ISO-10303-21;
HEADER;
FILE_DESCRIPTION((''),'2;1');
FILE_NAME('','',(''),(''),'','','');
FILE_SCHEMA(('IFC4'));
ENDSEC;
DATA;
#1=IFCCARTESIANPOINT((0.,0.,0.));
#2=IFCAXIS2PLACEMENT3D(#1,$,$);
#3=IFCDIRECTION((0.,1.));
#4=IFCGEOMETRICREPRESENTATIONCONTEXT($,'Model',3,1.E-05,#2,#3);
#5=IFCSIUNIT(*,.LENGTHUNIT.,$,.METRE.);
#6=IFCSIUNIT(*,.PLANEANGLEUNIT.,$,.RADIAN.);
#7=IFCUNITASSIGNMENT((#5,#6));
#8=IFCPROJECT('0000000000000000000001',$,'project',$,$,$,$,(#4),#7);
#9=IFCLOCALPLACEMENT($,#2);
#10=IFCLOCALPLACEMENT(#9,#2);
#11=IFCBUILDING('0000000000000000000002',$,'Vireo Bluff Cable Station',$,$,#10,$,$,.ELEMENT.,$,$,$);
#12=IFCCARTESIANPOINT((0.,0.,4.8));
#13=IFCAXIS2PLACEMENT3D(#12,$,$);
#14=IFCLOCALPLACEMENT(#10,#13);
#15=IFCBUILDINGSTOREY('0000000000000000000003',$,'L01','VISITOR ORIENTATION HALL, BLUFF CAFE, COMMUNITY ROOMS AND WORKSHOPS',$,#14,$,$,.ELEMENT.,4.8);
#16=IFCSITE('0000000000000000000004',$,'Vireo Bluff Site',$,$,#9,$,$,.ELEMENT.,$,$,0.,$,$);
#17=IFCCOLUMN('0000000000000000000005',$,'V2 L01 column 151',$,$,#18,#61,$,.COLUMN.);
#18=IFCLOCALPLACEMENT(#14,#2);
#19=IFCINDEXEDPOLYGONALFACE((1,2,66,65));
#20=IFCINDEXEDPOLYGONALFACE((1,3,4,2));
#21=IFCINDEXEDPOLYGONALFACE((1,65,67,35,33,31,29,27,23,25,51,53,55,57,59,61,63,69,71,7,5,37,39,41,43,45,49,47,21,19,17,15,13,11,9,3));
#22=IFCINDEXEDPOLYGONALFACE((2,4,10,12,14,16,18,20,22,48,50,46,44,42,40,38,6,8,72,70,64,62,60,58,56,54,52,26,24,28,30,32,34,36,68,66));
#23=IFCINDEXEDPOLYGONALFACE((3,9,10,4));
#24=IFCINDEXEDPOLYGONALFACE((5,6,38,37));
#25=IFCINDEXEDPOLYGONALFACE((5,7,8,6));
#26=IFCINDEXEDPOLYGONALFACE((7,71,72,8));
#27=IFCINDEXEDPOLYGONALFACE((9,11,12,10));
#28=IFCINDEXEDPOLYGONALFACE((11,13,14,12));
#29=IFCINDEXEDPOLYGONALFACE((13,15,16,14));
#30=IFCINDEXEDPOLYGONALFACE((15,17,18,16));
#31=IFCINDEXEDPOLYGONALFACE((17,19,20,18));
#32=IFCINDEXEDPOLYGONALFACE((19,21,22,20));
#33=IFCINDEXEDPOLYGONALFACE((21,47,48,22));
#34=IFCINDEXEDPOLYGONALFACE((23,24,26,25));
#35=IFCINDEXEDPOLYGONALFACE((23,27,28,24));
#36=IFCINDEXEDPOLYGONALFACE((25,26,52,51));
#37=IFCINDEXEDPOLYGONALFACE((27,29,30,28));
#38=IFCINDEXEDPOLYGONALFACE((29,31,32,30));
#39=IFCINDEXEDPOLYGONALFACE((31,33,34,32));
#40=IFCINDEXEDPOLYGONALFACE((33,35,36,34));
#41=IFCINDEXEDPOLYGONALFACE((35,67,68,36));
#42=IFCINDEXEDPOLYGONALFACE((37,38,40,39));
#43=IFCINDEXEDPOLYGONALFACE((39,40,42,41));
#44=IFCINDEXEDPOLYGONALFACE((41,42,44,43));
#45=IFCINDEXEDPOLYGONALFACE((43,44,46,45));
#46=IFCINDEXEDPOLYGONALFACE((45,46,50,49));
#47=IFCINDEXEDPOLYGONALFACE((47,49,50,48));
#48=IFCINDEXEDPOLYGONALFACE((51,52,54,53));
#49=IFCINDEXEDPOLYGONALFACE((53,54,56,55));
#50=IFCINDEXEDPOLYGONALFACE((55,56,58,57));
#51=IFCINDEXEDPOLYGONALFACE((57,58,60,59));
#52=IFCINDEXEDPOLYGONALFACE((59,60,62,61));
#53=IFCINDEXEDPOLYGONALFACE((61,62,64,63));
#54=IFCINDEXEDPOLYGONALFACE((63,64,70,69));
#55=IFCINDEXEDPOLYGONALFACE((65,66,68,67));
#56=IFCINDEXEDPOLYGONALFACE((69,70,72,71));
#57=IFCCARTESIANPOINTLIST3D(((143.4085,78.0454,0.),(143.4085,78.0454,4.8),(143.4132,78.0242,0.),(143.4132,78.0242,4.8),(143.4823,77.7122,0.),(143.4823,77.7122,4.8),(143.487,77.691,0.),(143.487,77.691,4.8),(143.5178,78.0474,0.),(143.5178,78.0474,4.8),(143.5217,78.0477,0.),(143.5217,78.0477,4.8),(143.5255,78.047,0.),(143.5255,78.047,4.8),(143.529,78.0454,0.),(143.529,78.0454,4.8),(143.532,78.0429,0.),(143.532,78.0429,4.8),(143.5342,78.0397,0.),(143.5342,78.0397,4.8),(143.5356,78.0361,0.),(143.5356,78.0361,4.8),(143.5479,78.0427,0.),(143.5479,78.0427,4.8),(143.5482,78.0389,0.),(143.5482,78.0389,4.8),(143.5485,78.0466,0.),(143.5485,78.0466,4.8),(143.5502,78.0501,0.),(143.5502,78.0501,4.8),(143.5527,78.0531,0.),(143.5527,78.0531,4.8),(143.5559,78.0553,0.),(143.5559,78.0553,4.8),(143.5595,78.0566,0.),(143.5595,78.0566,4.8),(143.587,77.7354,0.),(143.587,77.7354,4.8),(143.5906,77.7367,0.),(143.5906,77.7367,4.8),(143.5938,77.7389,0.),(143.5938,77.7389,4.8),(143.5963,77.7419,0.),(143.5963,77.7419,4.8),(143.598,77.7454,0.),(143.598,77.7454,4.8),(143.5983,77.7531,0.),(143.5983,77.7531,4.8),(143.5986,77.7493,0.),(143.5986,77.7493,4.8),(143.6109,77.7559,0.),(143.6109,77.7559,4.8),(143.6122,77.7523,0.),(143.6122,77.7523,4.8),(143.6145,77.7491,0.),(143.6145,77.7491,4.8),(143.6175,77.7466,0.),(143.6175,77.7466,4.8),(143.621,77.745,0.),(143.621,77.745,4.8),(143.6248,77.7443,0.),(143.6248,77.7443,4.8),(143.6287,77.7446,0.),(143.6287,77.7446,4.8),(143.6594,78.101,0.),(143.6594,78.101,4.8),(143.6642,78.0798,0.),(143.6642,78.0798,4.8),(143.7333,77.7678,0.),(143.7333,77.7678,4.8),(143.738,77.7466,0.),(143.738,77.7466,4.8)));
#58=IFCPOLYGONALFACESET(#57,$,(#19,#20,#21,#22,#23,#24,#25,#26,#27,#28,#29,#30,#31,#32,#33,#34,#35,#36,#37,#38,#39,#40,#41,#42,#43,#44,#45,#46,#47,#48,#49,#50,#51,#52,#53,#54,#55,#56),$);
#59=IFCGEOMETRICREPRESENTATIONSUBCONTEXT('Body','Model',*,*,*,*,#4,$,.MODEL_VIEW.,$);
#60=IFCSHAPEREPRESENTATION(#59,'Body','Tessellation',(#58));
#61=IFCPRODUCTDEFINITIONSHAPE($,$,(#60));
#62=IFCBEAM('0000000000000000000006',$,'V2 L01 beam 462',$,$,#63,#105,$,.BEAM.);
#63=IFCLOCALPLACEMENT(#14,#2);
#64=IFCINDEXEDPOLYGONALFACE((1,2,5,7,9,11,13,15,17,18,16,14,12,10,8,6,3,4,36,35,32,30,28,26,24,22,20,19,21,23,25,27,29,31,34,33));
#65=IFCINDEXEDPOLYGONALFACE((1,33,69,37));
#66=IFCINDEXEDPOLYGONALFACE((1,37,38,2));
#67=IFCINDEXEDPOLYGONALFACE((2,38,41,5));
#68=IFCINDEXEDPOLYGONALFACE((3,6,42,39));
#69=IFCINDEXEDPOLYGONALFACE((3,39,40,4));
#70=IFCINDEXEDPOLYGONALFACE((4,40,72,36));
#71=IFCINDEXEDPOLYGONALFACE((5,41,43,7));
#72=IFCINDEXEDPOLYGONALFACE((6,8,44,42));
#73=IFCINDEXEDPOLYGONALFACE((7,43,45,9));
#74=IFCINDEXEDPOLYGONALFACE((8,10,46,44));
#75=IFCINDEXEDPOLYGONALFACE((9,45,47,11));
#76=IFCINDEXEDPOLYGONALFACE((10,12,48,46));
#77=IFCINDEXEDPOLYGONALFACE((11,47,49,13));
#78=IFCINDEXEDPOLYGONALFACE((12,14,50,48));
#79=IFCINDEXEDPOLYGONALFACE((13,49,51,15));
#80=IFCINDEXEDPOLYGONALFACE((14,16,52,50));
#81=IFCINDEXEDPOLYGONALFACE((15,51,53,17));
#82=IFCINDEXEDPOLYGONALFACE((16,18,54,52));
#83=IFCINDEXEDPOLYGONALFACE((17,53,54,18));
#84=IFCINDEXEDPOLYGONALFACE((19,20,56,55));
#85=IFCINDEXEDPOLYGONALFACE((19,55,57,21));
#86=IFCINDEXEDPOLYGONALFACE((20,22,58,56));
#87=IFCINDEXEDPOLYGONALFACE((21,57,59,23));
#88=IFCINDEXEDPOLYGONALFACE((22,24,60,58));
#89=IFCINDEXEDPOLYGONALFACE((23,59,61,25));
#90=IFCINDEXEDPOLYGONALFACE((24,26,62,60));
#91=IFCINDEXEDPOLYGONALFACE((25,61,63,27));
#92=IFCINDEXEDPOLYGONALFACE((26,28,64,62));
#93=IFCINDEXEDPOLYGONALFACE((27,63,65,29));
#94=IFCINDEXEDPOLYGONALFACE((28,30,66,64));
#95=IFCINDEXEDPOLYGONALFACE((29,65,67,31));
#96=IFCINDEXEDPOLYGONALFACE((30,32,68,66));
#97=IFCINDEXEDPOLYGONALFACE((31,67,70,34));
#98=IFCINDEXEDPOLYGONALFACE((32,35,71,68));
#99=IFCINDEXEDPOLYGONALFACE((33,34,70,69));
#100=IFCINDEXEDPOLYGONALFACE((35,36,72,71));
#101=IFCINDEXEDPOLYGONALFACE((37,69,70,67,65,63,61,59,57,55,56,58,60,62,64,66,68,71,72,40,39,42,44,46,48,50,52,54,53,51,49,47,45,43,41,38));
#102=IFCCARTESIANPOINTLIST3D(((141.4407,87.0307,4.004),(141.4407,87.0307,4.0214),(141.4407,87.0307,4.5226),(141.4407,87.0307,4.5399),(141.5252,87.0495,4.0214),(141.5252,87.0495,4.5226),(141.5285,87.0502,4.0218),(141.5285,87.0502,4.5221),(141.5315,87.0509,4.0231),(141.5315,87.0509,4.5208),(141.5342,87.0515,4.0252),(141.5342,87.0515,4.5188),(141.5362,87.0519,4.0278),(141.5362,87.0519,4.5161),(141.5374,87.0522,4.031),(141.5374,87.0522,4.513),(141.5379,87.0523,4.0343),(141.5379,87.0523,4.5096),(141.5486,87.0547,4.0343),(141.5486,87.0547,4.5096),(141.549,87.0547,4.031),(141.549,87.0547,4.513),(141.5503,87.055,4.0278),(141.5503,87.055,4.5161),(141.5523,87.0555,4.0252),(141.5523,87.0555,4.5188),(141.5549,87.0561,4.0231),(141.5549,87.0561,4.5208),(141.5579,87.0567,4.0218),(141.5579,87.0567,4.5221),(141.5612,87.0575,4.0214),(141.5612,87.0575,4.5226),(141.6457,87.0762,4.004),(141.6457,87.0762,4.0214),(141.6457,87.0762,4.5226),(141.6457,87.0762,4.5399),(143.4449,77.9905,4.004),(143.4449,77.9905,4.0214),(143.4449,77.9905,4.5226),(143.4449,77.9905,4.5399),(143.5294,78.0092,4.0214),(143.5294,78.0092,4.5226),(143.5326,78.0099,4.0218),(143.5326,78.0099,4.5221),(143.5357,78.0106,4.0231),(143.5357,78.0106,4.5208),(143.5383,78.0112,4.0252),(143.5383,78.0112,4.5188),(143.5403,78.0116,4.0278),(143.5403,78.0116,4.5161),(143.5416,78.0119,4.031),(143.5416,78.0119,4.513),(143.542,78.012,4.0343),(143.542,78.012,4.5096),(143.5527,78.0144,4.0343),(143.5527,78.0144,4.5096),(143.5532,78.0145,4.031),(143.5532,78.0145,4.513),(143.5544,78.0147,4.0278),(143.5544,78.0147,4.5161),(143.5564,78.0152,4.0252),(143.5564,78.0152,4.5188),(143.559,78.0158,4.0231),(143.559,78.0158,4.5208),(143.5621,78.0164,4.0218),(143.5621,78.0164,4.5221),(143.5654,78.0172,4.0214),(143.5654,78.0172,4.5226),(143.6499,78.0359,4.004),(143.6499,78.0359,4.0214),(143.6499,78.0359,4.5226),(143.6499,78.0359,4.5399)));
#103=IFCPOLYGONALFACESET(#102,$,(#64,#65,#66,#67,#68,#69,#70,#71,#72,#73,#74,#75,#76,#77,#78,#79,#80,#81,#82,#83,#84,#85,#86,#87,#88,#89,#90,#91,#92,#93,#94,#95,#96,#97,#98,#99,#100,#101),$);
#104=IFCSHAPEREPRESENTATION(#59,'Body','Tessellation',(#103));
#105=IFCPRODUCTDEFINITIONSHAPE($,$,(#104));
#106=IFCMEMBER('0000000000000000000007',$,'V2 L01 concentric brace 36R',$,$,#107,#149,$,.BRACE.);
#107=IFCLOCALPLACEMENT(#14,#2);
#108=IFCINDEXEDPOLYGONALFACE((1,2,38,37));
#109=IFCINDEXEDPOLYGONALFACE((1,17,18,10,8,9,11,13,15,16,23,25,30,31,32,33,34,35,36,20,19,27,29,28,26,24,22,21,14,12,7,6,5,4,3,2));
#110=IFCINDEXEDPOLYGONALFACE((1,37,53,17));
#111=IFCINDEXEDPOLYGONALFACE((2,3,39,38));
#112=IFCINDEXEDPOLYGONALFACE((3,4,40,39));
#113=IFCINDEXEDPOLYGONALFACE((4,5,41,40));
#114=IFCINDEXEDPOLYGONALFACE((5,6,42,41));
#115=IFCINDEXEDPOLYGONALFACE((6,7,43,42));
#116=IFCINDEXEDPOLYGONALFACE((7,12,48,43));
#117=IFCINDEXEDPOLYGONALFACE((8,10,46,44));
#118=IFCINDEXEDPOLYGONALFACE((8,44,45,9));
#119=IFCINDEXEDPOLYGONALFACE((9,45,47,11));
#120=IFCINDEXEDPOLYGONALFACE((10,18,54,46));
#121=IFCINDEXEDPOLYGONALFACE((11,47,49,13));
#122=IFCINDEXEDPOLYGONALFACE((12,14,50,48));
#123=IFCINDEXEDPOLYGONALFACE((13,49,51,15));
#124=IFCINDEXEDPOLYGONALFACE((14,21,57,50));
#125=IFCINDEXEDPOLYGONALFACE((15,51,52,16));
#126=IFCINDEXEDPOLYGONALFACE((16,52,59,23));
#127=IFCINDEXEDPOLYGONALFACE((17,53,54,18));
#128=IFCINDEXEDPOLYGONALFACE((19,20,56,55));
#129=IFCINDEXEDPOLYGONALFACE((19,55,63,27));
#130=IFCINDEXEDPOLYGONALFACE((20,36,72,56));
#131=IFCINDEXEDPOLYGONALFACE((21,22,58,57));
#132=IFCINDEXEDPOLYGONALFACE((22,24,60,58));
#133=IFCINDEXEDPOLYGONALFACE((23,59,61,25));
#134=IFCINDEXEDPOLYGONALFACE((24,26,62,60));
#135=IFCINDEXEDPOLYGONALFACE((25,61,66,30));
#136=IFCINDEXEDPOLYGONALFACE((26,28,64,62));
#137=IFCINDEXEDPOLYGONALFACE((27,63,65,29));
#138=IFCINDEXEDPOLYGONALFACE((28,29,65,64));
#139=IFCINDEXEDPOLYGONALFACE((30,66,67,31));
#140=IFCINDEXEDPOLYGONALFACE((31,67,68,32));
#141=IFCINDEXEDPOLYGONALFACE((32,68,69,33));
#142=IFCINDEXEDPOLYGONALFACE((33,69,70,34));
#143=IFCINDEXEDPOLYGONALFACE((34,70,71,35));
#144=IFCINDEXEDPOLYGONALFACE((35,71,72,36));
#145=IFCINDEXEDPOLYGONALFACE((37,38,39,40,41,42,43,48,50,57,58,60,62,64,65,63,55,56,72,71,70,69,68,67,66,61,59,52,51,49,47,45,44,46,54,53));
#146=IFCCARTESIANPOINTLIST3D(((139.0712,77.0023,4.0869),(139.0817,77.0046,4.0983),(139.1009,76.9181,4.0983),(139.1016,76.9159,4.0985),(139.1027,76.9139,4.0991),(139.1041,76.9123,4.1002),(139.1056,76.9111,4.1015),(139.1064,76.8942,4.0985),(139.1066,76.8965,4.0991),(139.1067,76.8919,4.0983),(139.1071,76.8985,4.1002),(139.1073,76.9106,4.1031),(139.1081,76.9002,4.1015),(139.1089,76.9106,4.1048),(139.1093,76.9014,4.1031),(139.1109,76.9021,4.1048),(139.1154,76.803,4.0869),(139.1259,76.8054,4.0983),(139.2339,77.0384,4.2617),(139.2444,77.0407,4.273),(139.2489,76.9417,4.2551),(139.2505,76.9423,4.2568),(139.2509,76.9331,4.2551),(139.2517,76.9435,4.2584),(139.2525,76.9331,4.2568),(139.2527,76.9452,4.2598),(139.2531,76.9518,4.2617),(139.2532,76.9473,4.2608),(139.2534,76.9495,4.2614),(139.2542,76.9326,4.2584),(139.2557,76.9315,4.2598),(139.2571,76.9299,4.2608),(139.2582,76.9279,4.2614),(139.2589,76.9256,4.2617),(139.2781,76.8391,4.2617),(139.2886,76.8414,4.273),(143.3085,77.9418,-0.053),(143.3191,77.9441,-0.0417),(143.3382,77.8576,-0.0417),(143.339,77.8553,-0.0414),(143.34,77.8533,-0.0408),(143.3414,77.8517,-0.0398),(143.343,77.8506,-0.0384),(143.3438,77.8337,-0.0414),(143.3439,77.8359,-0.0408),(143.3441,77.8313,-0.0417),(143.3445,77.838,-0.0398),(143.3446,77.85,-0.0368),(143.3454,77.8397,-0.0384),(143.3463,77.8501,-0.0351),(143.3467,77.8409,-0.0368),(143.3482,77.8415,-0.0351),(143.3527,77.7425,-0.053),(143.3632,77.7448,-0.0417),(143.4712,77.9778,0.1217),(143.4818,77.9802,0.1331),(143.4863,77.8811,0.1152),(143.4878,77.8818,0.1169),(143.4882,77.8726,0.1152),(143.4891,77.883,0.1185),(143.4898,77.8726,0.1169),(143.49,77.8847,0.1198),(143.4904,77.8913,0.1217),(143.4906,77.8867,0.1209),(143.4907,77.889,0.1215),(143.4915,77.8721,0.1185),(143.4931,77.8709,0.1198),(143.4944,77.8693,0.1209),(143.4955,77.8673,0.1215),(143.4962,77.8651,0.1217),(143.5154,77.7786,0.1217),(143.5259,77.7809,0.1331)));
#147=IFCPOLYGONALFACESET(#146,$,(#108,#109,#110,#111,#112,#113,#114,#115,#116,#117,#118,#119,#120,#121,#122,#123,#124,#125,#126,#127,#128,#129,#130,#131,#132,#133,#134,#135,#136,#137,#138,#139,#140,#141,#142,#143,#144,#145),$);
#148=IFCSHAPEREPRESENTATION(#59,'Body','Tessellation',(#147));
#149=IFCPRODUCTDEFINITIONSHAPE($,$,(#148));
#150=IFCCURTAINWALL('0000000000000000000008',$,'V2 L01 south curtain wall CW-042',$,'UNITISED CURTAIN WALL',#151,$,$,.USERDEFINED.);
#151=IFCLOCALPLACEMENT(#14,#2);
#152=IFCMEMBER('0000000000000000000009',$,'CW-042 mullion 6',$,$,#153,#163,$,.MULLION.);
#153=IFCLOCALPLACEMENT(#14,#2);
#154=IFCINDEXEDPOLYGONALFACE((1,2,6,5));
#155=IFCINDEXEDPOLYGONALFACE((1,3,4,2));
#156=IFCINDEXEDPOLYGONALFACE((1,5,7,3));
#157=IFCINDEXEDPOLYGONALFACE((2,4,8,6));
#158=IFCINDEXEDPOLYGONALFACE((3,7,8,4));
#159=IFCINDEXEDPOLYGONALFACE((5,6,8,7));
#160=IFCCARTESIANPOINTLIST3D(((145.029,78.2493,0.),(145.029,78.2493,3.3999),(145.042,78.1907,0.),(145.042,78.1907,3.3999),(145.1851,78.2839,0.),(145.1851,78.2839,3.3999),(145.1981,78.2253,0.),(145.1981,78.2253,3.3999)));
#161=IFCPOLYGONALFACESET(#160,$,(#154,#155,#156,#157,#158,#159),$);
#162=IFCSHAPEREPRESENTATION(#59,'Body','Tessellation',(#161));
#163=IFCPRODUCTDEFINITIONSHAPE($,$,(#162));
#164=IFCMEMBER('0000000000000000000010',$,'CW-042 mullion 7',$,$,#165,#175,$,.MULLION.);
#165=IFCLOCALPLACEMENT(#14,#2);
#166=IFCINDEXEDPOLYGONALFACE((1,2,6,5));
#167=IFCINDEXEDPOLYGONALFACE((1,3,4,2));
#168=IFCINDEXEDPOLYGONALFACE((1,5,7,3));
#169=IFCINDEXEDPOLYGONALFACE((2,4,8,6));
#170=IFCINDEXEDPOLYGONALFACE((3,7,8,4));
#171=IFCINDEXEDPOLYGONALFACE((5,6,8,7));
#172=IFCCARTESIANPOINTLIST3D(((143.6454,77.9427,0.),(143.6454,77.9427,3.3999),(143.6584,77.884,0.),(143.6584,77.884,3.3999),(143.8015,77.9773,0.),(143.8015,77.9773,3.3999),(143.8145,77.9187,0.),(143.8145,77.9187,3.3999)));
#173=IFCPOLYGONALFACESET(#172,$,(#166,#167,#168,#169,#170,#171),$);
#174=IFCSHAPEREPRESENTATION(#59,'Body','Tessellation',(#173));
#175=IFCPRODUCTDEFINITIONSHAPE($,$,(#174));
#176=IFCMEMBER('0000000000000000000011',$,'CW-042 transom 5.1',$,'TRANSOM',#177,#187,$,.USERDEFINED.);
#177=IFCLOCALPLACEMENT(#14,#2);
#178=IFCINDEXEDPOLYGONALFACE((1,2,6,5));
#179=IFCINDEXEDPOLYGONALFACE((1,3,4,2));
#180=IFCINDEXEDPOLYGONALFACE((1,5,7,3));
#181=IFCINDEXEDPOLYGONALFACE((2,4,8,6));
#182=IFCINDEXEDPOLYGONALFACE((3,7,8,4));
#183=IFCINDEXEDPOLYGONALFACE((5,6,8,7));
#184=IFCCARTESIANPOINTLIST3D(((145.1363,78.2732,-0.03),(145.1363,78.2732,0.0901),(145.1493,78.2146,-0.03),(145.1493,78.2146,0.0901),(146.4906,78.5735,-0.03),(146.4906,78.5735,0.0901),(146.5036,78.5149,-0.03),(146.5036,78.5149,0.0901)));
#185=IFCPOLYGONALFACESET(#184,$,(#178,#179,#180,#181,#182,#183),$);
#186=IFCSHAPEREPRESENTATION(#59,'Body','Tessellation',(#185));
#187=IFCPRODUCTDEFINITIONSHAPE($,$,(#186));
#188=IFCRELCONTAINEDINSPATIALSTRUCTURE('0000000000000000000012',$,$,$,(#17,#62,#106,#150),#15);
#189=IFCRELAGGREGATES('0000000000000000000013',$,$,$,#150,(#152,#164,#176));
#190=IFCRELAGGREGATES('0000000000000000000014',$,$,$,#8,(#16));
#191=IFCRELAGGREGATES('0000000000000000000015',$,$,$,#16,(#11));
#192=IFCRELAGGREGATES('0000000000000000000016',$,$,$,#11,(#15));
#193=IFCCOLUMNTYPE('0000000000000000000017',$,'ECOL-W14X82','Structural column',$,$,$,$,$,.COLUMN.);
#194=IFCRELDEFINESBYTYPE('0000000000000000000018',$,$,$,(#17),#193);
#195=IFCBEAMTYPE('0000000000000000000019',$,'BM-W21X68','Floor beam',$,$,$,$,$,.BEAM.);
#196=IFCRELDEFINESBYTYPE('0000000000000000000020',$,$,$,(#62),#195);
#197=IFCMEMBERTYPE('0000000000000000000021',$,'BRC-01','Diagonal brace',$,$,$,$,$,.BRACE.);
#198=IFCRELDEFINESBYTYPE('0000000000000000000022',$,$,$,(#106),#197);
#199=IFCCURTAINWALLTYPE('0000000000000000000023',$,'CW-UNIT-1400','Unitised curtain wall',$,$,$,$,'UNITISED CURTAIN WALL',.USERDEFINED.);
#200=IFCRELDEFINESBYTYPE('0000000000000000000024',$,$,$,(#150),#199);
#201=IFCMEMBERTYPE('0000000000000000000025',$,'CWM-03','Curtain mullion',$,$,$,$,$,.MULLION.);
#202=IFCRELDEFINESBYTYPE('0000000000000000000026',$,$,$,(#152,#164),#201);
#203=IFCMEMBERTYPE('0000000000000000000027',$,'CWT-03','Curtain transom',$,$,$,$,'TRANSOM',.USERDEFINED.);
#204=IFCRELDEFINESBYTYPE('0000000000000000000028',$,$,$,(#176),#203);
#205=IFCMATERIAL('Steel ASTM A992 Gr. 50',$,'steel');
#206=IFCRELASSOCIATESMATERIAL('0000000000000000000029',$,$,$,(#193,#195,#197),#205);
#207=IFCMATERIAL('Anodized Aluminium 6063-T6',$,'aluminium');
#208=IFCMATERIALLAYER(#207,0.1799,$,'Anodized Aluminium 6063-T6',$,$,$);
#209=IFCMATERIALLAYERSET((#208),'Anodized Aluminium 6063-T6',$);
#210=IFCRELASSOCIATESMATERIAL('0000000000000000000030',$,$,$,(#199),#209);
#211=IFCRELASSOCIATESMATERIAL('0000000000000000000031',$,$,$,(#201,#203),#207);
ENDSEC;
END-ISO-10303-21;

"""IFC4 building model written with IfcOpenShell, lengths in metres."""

from ifc_helpers import new_model, si_unit, direction, frame, origin, origin_2d, place, context, subcontext, project, spatial, rectangle, i_section, extrude, material, layer, layer_set, material_profile, profile_set, type_object, element, aggregate, save


model = new_model("IFC4")

# Units and contexts
model_context = context("Model", 3, precision=1e-05, world=origin(), true_north=direction((0.0, 1.0)))
body_context = subcontext(model_context, "Body", "Model", "MODEL_VIEW")
ifc_project = project(units=[si_unit("LENGTHUNIT", "METRE"), si_unit("PLANEANGLEUNIT", "RADIAN")], contexts=[model_context])

# Site, building, storey
site_placement = place(None, origin())
site = spatial("IfcSite", under=ifc_project, at=site_placement, Name="Vireo Bluff Site", CompositionType="ELEMENT", RefElevation=0.0)
building_placement = place(site_placement, origin())
building = spatial("IfcBuilding", under=site, at=building_placement, Name="Vireo Bluff Cable Station", CompositionType="ELEMENT")
storey_placement = place(building_placement, frame((0.0, 0.0, 4.8)))
storey = spatial("IfcBuildingStorey", under=building, at=storey_placement, Name="L01", Description="VISITOR ORIENTATION HALL, BLUFF CAFE, COMMUNITY ROOMS AND WORKSHOPS", CompositionType="ELEMENT", Elevation=4.8)

# Column
ifc_material_1 = material(Name="Steel ASTM A992 Gr. 50", Category="steel")
ifc_material_profile_1 = material_profile(ifc_material_1, i_section(OverallWidth=0.2571, OverallDepth=0.363, WebThickness=0.0129, FlangeThickness=0.0217, FilletRadius=0.0149, at=origin_2d()), Name="W14X82")
ifc_profile_set_1 = profile_set([ifc_material_profile_1], Name="Steel ASTM A992 Gr. 50")
column_type = type_object("IfcColumnType", Name="ECOL-W14X82", Description="Structural column", PredefinedType="COLUMN", material=ifc_profile_set_1)
column_placement = place(storey_placement, frame((143.5732, 77.896, 0.0), z_axis=(0.0, 0.0, 1.0), x_axis=(0.976296, 0.21644, 0.0)))
element("IfcColumn", 1, at=column_placement, inside=storey, type_object=column_type, Name="V2 L01 column 151", PredefinedType="COLUMN", context=body_context, shape_type="SweptSolid", body=[
    extrude(i_section(OverallWidth=0.2571, OverallDepth=0.363, WebThickness=0.0129, FlangeThickness=0.0217, FilletRadius=0.0149, at=origin_2d()), origin(), (0.0, 0.0, 1.0), 4.8),
])

# Beam
ifc_material_profile_2 = material_profile(ifc_material_1, i_section(OverallWidth=0.21, OverallDepth=0.5359, WebThickness=0.011, FlangeThickness=0.0173, FilletRadius=0.0129, at=origin_2d()), Name="W21X68")
ifc_profile_set_2 = profile_set([ifc_material_profile_2], Name="Steel ASTM A992 Gr. 50")
beam_type_1 = type_object("IfcBeamType", Name="BM-W21X68", Description="Floor beam", PredefinedType="BEAM", material=ifc_profile_set_2)
beam_1_placement = place(storey_placement, frame((143.5474, 78.0132, 4.272), z_axis=(-0.216436, 0.976297, 0.0), x_axis=(-0.976297, -0.216436, 0.0)))
element("IfcBeam", 2, at=beam_1_placement, inside=storey, type_object=beam_type_1, Name="V2 L01 beam 462", PredefinedType="BEAM", context=body_context, shape_type="SweptSolid", body=[
    extrude(i_section(OverallWidth=0.21, OverallDepth=0.5359, WebThickness=0.011, FlangeThickness=0.0173, FilletRadius=0.0129, at=origin_2d()), origin(), (0.0, 0.0, 1.0), 9.2598),
])

# Member
ifc_material_profile_3 = material_profile(ifc_material_1, i_section(OverallWidth=0.2041, OverallDepth=0.2571, WebThickness=0.0088, FlangeThickness=0.0156, FilletRadius=0.009, at=origin_2d()), Name="W10X45")
ifc_profile_set_3 = profile_set([ifc_material_profile_3], Name="Steel ASTM A992 Gr. 50")
member_type_1 = type_object("IfcMemberType", Name="BRC-01", Description="Diagonal brace", PredefinedType="BRACE", material=ifc_profile_set_3)
member_1_placement = place(storey_placement, frame((143.4172, 77.8613, 0.04), z_axis=(-0.706453, -0.156628, 0.690212), x_axis=(0.216454, -0.976293, 0.0)))
element("IfcMember", 3, at=member_1_placement, inside=storey, type_object=member_type_1, Name="V2 L01 concentric brace 36R", PredefinedType="BRACE", context=body_context, shape_type="SweptSolid", body=[
    extrude(i_section(OverallWidth=0.2041, OverallDepth=0.2571, WebThickness=0.0088, FlangeThickness=0.0156, FilletRadius=0.009, at=origin_2d()), origin(), (0.0, 0.0, 1.0), 5.998),
])

# Curtain wall, members
ifc_material_2 = material(Name="Anodized Aluminium 6063-T6", Category="aluminium")
ifc_layer_1 = layer(ifc_material_2, 0.1799, Name="Anodized Aluminium 6063-T6")
ifc_layer_set_1 = layer_set([ifc_layer_1], Name="Anodized Aluminium 6063-T6")
curtain_wall_type = type_object("IfcCurtainWallType", Name="CW-UNIT-1400", Description="Unitised curtain wall", ElementType="UNITISED CURTAIN WALL", PredefinedType="USERDEFINED", material=ifc_layer_set_1)
curtain_wall_placement = place(storey_placement, origin())
curtain_wall = element("IfcCurtainWall", 4, at=curtain_wall_placement, inside=storey, type_object=curtain_wall_type, Name="V2 L01 south curtain wall CW-042", ObjectType="UNITISED CURTAIN WALL", PredefinedType="USERDEFINED")
ifc_material_profile_4 = material_profile(ifc_material_2, rectangle(XDim=0.0601, YDim=0.1599, at=origin_2d()), Name="ALU-M-60X160")
ifc_profile_set_4 = profile_set([ifc_material_profile_4], Name="Anodized Aluminium 6063-T6")
member_type_2 = type_object("IfcMemberType", Name="CWM-03", Description="Curtain mullion", PredefinedType="MULLION", material=ifc_profile_set_4)
member_2_placement = place(storey_placement, frame((145.1135, 78.2373, 0.0), z_axis=(0.0, 0.0, 1.0), x_axis=(0.21644, -0.976296, 0.0)))
member_2 = element("IfcMember", 5, at=member_2_placement, type_object=member_type_2, Name="CW-042 mullion 6", PredefinedType="MULLION", context=body_context, shape_type="SweptSolid", body=[
    extrude(rectangle(XDim=0.0601, YDim=0.1599, at=origin_2d()), origin(), (0.0, 0.0, 1.0), 3.3999),
])
member_3_placement = place(storey_placement, frame((143.73, 77.9307, 0.0), z_axis=(0.0, 0.0, 1.0), x_axis=(0.21644, -0.976296, 0.0)))
member_3 = element("IfcMember", 6, at=member_3_placement, type_object=member_type_2, Name="CW-042 mullion 7", PredefinedType="MULLION", context=body_context, shape_type="SweptSolid", body=[
    extrude(rectangle(XDim=0.0601, YDim=0.1599, at=origin_2d()), origin(), (0.0, 0.0, 1.0), 3.3999),
])
ifc_material_profile_5 = material_profile(ifc_material_2, rectangle(XDim=0.0601, YDim=0.1201, at=origin_2d()), Name="ALU-T-60X120")
ifc_profile_set_5 = profile_set([ifc_material_profile_5], Name="Anodized Aluminium 6063-T6")
member_type_3 = type_object("IfcMemberType", Name="CWT-03", Description="Curtain transom", ElementType="TRANSOM", PredefinedType="USERDEFINED", material=ifc_profile_set_5)
member_4_placement = place(storey_placement, frame((146.4971, 78.5442, 0.03), z_axis=(-0.976286, -0.216483, 0.0), x_axis=(0.216483, -0.976286, 0.0)))
member_4 = element("IfcMember", 7, at=member_4_placement, type_object=member_type_3, Name="CW-042 transom 5.1", ObjectType="TRANSOM", PredefinedType="USERDEFINED", context=body_context, shape_type="SweptSolid", body=[
    extrude(rectangle(XDim=0.0601, YDim=0.1201, at=origin_2d()), origin(), (0.0, 0.0, 1.0), 1.3872),
])

aggregate(curtain_wall, [member_2, member_3, member_4])

save(model, "model.ifc")
